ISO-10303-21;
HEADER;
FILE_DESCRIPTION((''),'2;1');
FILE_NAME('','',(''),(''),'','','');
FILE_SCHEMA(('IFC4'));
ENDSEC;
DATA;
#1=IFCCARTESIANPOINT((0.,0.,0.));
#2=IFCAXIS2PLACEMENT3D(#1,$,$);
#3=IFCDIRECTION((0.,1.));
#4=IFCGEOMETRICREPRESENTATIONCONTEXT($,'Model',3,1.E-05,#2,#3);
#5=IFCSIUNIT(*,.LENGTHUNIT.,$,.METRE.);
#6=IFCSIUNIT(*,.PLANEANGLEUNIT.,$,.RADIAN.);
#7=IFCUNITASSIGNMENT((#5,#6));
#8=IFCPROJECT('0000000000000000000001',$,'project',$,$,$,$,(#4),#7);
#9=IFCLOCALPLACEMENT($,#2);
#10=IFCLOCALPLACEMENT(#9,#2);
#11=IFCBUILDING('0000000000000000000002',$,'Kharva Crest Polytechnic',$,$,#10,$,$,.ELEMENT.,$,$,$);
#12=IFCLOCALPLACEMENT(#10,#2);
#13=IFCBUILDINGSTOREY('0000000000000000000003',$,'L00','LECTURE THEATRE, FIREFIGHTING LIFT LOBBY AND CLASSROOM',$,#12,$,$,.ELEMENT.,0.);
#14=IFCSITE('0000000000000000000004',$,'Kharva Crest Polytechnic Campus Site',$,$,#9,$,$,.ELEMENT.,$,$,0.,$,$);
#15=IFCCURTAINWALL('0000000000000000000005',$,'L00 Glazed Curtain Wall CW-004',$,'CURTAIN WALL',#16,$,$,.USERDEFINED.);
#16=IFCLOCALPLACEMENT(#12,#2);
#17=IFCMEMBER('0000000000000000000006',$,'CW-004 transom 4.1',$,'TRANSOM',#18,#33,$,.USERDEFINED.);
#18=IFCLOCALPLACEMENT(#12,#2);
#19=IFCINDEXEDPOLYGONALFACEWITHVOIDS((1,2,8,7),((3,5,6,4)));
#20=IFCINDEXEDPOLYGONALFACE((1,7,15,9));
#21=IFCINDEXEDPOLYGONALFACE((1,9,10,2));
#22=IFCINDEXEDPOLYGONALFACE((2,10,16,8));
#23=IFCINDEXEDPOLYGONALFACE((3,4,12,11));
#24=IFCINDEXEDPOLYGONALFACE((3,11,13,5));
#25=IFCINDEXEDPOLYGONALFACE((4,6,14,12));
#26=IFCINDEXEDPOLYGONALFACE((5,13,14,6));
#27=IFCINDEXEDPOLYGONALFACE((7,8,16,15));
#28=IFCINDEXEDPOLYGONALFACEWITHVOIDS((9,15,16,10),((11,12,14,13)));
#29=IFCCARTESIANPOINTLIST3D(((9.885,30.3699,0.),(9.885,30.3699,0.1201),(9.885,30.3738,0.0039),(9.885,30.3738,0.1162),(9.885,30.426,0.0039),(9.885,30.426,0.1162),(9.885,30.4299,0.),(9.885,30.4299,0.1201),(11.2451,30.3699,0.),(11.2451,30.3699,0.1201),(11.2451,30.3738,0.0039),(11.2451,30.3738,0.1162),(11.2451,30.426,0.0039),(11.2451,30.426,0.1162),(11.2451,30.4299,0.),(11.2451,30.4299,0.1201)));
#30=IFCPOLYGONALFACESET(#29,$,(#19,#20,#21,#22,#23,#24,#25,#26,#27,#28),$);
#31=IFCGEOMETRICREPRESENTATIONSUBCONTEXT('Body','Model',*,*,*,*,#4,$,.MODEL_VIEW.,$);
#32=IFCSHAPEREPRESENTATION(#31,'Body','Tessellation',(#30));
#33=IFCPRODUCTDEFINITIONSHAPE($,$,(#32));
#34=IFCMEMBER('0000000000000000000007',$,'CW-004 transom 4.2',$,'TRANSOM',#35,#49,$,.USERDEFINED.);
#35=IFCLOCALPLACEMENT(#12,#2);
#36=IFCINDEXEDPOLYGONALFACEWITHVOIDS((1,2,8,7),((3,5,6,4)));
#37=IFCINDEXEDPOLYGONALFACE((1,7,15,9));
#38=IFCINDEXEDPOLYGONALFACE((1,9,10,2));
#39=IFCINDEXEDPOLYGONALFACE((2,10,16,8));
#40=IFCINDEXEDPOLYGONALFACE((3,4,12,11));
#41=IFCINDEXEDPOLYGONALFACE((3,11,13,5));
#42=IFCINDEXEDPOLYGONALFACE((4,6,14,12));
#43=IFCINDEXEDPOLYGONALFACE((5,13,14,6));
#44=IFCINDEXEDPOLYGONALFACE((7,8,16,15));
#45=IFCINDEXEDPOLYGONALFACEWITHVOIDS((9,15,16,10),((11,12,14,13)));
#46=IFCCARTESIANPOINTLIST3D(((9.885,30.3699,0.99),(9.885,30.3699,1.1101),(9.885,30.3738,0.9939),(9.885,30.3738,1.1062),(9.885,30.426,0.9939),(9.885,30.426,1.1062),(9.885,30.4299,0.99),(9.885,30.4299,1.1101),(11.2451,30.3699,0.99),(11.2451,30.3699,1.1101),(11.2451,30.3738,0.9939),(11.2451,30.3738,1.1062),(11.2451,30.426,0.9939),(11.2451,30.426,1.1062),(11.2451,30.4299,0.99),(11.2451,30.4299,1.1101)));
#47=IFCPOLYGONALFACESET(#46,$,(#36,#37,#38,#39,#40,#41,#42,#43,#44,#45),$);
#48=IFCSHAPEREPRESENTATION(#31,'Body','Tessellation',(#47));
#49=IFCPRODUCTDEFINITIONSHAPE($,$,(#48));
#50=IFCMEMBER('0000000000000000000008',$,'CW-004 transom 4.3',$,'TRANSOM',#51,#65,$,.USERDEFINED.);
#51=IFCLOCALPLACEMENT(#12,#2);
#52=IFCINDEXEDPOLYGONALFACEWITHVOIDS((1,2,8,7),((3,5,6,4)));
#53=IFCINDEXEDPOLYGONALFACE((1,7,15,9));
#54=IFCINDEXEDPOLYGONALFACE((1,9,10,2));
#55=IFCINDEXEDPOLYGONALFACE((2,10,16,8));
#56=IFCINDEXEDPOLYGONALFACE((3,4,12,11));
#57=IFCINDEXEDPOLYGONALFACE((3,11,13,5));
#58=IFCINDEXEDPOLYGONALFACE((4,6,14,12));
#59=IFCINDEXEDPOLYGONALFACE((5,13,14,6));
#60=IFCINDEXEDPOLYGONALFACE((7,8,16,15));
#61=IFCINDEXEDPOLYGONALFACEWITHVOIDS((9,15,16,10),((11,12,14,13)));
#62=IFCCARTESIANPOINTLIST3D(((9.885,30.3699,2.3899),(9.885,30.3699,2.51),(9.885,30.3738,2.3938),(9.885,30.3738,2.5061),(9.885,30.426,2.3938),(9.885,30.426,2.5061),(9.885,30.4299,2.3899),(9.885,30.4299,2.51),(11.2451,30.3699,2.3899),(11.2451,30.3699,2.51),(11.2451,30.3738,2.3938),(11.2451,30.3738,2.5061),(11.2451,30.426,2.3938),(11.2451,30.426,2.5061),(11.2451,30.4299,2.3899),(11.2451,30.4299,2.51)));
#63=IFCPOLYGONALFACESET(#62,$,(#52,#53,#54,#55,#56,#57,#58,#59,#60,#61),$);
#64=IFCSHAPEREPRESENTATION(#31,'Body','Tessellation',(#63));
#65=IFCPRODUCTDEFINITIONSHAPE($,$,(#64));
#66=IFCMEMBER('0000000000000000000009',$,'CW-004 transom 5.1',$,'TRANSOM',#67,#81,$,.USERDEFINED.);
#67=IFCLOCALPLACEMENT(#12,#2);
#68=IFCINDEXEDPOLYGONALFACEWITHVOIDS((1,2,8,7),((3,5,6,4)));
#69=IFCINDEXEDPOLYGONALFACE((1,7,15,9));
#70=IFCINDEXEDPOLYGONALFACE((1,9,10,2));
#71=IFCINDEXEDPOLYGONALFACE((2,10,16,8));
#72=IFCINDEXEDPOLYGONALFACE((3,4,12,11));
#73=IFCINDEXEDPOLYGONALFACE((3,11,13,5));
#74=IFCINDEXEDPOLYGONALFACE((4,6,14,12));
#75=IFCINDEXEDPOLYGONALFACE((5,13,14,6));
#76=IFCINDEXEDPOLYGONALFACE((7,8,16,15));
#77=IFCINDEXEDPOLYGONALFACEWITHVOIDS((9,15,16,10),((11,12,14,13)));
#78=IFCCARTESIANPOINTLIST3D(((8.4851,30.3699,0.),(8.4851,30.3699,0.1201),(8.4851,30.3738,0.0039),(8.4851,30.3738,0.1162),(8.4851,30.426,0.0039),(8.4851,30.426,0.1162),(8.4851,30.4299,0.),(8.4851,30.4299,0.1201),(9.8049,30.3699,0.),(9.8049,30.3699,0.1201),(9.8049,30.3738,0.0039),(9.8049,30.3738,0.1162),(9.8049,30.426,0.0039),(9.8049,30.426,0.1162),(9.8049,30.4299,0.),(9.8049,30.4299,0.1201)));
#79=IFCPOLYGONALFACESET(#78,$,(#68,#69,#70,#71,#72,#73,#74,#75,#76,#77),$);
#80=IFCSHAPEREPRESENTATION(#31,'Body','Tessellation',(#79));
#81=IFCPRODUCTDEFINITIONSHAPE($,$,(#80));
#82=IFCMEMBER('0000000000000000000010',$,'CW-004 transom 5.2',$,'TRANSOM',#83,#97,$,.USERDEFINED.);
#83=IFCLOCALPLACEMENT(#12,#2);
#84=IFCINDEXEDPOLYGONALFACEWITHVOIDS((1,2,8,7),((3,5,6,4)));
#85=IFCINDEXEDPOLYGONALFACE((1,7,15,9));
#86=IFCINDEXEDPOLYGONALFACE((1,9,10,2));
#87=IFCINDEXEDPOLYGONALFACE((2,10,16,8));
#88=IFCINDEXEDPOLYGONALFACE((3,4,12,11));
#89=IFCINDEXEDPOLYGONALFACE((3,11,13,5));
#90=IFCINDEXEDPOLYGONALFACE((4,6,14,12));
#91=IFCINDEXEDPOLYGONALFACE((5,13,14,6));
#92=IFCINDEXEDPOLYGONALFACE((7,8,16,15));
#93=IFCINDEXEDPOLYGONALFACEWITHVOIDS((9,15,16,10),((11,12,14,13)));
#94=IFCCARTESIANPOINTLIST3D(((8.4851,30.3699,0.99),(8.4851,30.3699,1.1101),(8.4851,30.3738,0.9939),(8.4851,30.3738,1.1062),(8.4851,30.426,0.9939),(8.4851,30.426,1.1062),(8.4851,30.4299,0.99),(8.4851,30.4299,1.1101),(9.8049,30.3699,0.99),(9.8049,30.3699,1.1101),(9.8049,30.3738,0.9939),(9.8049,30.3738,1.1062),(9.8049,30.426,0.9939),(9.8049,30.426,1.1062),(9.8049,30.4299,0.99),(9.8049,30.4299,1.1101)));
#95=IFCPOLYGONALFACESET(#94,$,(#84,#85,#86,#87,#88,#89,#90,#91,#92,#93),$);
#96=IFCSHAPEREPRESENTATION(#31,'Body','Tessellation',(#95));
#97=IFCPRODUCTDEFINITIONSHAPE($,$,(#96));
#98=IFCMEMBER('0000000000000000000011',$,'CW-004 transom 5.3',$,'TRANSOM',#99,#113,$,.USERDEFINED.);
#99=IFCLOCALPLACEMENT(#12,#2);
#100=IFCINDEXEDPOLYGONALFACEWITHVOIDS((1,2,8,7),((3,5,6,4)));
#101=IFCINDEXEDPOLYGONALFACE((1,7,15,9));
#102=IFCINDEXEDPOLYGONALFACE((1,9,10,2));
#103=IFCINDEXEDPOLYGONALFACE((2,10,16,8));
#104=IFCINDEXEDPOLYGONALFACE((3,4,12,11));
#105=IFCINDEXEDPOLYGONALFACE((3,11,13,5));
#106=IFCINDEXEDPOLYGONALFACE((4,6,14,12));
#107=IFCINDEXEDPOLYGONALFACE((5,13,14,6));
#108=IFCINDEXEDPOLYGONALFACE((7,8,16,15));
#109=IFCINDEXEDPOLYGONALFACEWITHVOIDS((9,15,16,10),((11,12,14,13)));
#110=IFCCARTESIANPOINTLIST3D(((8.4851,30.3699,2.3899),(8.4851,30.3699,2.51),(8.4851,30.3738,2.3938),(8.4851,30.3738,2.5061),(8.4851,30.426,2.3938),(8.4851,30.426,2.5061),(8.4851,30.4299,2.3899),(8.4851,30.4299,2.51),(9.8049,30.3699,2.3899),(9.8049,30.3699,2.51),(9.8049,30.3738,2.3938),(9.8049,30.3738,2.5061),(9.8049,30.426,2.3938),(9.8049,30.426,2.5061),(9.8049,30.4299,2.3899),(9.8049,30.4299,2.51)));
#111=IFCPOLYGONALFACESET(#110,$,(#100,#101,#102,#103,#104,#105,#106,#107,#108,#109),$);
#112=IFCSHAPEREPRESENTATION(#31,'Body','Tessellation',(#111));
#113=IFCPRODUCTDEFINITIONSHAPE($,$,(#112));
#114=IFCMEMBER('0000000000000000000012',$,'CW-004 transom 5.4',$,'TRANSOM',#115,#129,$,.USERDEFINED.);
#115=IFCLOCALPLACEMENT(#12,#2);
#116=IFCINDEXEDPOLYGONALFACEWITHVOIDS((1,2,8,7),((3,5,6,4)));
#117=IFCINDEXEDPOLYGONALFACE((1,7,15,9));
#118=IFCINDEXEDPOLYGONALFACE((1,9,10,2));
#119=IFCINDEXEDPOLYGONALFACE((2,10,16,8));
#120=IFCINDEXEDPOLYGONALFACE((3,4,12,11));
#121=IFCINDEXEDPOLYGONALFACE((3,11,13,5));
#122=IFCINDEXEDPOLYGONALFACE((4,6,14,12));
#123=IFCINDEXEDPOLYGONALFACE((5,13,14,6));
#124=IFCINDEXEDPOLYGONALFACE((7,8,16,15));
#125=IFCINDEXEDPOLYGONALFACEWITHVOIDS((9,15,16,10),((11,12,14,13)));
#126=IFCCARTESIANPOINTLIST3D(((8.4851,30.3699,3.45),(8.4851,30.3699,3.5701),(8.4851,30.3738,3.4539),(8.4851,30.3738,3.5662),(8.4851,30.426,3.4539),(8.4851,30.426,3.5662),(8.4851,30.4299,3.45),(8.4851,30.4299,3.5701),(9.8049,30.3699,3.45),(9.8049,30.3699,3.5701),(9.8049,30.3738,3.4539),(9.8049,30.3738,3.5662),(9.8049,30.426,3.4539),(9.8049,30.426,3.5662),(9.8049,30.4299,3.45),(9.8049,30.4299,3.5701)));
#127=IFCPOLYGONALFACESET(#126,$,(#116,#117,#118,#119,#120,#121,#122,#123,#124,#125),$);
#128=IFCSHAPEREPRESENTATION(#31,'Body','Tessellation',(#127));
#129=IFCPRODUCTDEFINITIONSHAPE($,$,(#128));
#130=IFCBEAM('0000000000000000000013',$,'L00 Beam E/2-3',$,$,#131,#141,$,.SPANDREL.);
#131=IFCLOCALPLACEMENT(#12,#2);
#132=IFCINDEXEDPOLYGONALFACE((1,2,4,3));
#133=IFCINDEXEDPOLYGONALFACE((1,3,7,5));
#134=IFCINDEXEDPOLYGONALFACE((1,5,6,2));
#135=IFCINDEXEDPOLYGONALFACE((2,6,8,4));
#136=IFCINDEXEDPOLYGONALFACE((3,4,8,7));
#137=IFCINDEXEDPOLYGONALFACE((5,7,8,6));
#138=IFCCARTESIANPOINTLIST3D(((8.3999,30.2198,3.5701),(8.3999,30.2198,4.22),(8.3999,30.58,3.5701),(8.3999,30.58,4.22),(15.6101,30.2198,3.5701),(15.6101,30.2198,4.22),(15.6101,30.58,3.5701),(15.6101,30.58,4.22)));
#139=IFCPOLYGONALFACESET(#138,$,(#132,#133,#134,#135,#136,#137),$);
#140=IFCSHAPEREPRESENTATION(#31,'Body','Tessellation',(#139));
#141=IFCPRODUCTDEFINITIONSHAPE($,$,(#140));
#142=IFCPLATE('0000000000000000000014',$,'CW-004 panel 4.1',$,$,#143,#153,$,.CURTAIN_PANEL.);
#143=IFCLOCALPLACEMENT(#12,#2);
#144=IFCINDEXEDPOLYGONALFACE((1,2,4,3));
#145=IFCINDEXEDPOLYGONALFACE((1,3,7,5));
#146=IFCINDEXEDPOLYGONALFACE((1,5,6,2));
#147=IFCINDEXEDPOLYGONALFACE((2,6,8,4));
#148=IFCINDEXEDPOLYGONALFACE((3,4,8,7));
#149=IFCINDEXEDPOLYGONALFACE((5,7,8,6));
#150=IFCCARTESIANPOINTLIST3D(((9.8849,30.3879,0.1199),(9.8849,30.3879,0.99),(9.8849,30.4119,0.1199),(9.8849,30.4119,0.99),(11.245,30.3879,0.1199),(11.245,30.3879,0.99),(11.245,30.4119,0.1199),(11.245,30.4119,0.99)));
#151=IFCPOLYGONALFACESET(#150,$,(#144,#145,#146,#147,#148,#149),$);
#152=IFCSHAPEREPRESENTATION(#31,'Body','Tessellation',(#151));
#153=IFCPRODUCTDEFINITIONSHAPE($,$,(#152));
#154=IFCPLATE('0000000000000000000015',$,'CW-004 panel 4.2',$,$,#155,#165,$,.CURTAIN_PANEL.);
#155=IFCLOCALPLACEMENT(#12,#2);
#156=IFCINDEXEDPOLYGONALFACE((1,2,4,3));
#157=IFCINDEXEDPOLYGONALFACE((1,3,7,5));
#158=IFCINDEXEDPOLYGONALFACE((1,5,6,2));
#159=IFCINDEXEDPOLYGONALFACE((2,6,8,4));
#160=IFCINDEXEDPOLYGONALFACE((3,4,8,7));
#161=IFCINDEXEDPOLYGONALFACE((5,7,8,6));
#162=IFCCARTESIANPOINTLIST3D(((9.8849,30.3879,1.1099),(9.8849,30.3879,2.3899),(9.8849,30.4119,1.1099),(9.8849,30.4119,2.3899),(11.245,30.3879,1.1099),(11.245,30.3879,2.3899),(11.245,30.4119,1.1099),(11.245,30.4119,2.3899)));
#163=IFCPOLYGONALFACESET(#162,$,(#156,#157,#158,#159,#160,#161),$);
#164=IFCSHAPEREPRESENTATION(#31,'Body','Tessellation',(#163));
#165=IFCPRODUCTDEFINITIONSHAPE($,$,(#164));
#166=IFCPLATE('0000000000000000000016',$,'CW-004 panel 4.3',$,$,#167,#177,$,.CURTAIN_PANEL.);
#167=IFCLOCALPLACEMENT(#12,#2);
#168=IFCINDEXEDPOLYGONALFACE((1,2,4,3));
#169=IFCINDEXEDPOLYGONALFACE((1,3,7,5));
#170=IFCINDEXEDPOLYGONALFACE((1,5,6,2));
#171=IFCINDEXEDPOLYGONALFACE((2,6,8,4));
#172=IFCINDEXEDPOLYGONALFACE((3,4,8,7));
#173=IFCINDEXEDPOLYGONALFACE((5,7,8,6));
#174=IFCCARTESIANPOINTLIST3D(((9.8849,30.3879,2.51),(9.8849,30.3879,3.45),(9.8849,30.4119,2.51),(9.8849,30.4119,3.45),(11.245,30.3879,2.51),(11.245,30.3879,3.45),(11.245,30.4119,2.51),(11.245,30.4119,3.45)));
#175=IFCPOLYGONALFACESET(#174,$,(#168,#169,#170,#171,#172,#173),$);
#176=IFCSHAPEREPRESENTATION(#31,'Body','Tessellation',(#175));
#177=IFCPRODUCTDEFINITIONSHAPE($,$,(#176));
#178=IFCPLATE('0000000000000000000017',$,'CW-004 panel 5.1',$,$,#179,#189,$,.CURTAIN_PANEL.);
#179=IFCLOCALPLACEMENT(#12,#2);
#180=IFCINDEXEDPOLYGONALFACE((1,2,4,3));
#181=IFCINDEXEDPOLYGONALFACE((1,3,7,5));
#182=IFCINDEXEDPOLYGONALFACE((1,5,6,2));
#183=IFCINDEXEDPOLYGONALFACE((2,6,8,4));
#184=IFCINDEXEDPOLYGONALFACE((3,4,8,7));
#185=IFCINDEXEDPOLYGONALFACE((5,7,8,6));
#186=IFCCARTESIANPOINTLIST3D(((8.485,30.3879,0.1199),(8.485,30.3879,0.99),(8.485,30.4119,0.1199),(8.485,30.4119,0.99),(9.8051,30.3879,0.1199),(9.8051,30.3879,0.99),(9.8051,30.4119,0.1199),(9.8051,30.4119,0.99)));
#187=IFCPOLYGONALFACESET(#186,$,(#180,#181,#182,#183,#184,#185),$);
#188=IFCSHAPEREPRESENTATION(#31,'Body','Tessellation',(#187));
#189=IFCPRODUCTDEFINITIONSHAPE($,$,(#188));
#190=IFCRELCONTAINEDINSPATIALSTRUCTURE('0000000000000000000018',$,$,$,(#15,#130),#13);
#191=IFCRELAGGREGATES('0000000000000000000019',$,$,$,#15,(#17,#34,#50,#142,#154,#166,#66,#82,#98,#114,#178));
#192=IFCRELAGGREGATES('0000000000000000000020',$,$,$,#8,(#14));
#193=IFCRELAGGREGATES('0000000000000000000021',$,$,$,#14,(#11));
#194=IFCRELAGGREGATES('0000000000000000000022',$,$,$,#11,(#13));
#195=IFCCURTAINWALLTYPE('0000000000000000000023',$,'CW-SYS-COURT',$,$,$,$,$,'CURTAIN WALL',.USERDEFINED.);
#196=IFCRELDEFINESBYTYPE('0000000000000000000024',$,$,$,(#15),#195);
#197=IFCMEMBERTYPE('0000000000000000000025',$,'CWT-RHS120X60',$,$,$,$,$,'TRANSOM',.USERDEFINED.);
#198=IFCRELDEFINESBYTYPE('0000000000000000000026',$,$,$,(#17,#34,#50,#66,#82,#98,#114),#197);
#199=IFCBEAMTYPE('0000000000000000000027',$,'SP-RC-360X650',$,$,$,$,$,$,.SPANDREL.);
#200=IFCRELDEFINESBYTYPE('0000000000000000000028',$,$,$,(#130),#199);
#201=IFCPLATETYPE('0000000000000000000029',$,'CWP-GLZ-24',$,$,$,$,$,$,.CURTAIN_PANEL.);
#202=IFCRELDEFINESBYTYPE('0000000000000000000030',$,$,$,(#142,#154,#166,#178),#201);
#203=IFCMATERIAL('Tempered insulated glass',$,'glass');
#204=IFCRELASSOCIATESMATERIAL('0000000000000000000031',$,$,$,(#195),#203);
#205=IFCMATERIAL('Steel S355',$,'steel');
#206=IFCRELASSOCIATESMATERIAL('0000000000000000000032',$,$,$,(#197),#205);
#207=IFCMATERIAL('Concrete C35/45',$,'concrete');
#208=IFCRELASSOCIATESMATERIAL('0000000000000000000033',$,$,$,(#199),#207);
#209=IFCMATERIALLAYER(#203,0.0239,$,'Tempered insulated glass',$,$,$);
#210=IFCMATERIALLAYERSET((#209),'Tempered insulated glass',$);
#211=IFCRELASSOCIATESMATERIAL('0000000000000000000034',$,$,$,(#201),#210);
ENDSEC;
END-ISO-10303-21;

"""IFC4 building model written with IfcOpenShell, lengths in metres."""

from ifc_helpers import new_model, si_unit, direction, frame, origin, origin_2d, place, context, subcontext, project, spatial, rectangle, hollow_rectangle, extrude, material, layer, layer_set, material_profile, profile_set, type_object, element, aggregate, save


model = new_model("IFC4")

# Units and contexts
model_context = context("Model", 3, precision=1e-05, world=origin(), true_north=direction((0.0, 1.0)))
body_context = subcontext(model_context, "Body", "Model", "MODEL_VIEW")
ifc_project = project(units=[si_unit("LENGTHUNIT", "METRE"), si_unit("PLANEANGLEUNIT", "RADIAN")], contexts=[model_context])

# Site, building, storey
site_placement = place(None, origin())
site = spatial("IfcSite", under=ifc_project, at=site_placement, Name="Kharva Crest Polytechnic Campus Site", CompositionType="ELEMENT", RefElevation=0.0)
building_placement = place(site_placement, origin())
building = spatial("IfcBuilding", under=site, at=building_placement, Name="Kharva Crest Polytechnic", CompositionType="ELEMENT")
storey_placement = place(building_placement, origin())
storey = spatial("IfcBuildingStorey", under=building, at=storey_placement, Name="L00", Description="LECTURE THEATRE, FIREFIGHTING LIFT LOBBY AND CLASSROOM", CompositionType="ELEMENT", Elevation=0.0)

# Shared definitions
ifc_material_1 = material(Name="Concrete C35/45", Category="concrete")

# Curtain wall, members
ifc_material_2 = material(Name="Tempered insulated glass", Category="glass")
curtain_wall_type = type_object("IfcCurtainWallType", Name="CW-SYS-COURT", ElementType="CURTAIN WALL", PredefinedType="USERDEFINED", material=ifc_material_2)
curtain_wall_placement = place(storey_placement, origin())
curtain_wall = element("IfcCurtainWall", 1, at=curtain_wall_placement, inside=storey, type_object=curtain_wall_type, Name="L00 Glazed Curtain Wall CW-004", ObjectType="CURTAIN WALL", PredefinedType="USERDEFINED")
ifc_material_3 = material(Name="Steel S355", Category="steel")
ifc_material_profile_1 = material_profile(ifc_material_3, hollow_rectangle(XDim=0.0601, YDim=0.1201, WallThickness=0.0039, at=origin_2d()), Name="RHS 120X60X4.0")
ifc_profile_set_1 = profile_set([ifc_material_profile_1], Name="Steel S355")
member_type_1 = type_object("IfcMemberType", Name="CWT-RHS120X60", ElementType="TRANSOM", PredefinedType="USERDEFINED", material=ifc_profile_set_1)
member_1_placement = place(storey_placement, frame((11.2451, 30.3999, 0.0601), z_axis=(-1.0, 0.0, 0.0), x_axis=(0.0, -1.0, 0.0)))
member_1 = element("IfcMember", 2, at=member_1_placement, type_object=member_type_1, Name="CW-004 transom 4.1", ObjectType="TRANSOM", PredefinedType="USERDEFINED", context=body_context, shape_type="SweptSolid", body=[
    extrude(hollow_rectangle(XDim=0.0601, YDim=0.1201, WallThickness=0.0039, at=origin_2d()), origin(), (0.0, 0.0, 1.0), 1.3601),
])
member_2_placement = place(storey_placement, frame((11.2451, 30.3999, 1.05), z_axis=(-1.0, 0.0, 0.0), x_axis=(0.0, -1.0, 0.0)))
member_2 = element("IfcMember", 3, at=member_2_placement, type_object=member_type_1, Name="CW-004 transom 4.2", ObjectType="TRANSOM", PredefinedType="USERDEFINED", context=body_context, shape_type="SweptSolid", body=[
    extrude(hollow_rectangle(XDim=0.0601, YDim=0.1201, WallThickness=0.0039, at=origin_2d()), origin(), (0.0, 0.0, 1.0), 1.3601),
])
member_3_placement = place(storey_placement, frame((11.2451, 30.3999, 2.45), z_axis=(-1.0, 0.0, 0.0), x_axis=(0.0, -1.0, 0.0)))
member_3 = element("IfcMember", 4, at=member_3_placement, type_object=member_type_1, Name="CW-004 transom 4.3", ObjectType="TRANSOM", PredefinedType="USERDEFINED", context=body_context, shape_type="SweptSolid", body=[
    extrude(hollow_rectangle(XDim=0.0601, YDim=0.1201, WallThickness=0.0039, at=origin_2d()), origin(), (0.0, 0.0, 1.0), 1.3601),
])
member_4_placement = place(storey_placement, frame((9.8049, 30.3999, 0.0601), z_axis=(-1.0, 0.0, 0.0), x_axis=(0.0, -1.0, 0.0)))
member_4 = element("IfcMember", 5, at=member_4_placement, type_object=member_type_1, Name="CW-004 transom 5.1", ObjectType="TRANSOM", PredefinedType="USERDEFINED", context=body_context, shape_type="SweptSolid", body=[
    extrude(hollow_rectangle(XDim=0.0601, YDim=0.1201, WallThickness=0.0039, at=origin_2d()), origin(), (0.0, 0.0, 1.0), 1.3198),
])
member_5_placement = place(storey_placement, frame((9.8049, 30.3999, 1.05), z_axis=(-1.0, 0.0, 0.0), x_axis=(0.0, -1.0, 0.0)))
member_5 = element("IfcMember", 6, at=member_5_placement, type_object=member_type_1, Name="CW-004 transom 5.2", ObjectType="TRANSOM", PredefinedType="USERDEFINED", context=body_context, shape_type="SweptSolid", body=[
    extrude(hollow_rectangle(XDim=0.0601, YDim=0.1201, WallThickness=0.0039, at=origin_2d()), origin(), (0.0, 0.0, 1.0), 1.3198),
])
member_6_placement = place(storey_placement, frame((9.8049, 30.3999, 2.45), z_axis=(-1.0, 0.0, 0.0), x_axis=(0.0, -1.0, 0.0)))
member_6 = element("IfcMember", 7, at=member_6_placement, type_object=member_type_1, Name="CW-004 transom 5.3", ObjectType="TRANSOM", PredefinedType="USERDEFINED", context=body_context, shape_type="SweptSolid", body=[
    extrude(hollow_rectangle(XDim=0.0601, YDim=0.1201, WallThickness=0.0039, at=origin_2d()), origin(), (0.0, 0.0, 1.0), 1.3198),
])
member_7_placement = place(storey_placement, frame((9.8049, 30.3999, 3.51), z_axis=(-1.0, 0.0, 0.0), x_axis=(0.0, -1.0, 0.0)))
member_7 = element("IfcMember", 8, at=member_7_placement, type_object=member_type_1, Name="CW-004 transom 5.4", ObjectType="TRANSOM", PredefinedType="USERDEFINED", context=body_context, shape_type="SweptSolid", body=[
    extrude(hollow_rectangle(XDim=0.0601, YDim=0.1201, WallThickness=0.0039, at=origin_2d()), origin(), (0.0, 0.0, 1.0), 1.3198),
])

# Beam
ifc_material_profile_2 = material_profile(ifc_material_1, rectangle(XDim=0.3601, YDim=0.6499, at=origin_2d()), Name="RECT 360 X 650")
ifc_profile_set_2 = profile_set([ifc_material_profile_2], Name="Concrete C35/45")
beam_type_1 = type_object("IfcBeamType", Name="SP-RC-360X650", PredefinedType="SPANDREL", material=ifc_profile_set_2)
beam_1_placement = place(storey_placement, frame((8.3999, 30.3999, 3.895), z_axis=(1.0, 0.0, 0.0), x_axis=(0.0, 1.0, 0.0)))
element("IfcBeam", 9, at=beam_1_placement, inside=storey, type_object=beam_type_1, Name="L00 Beam E/2-3", PredefinedType="SPANDREL", context=body_context, shape_type="SweptSolid", body=[
    extrude(rectangle(XDim=0.3601, YDim=0.6499, at=origin_2d()), origin(), (0.0, 0.0, 1.0), 7.2102),
])

# Plates
ifc_layer_1 = layer(ifc_material_2, 0.0239, Name="Tempered insulated glass")
ifc_layer_set_1 = layer_set([ifc_layer_1], Name="Tempered insulated glass")
plate_type = type_object("IfcPlateType", Name="CWP-GLZ-24", PredefinedType="CURTAIN_PANEL", material=ifc_layer_set_1)
plate_1_placement = place(storey_placement, frame((10.5649, 30.3999, 0.1199), z_axis=(0.0, 0.0, 1.0), x_axis=(-1.0, 0.0, 0.0)))
plate_1 = element("IfcPlate", 10, at=plate_1_placement, type_object=plate_type, Name="CW-004 panel 4.1", PredefinedType="CURTAIN_PANEL", context=body_context, shape_type="SweptSolid", body=[
    extrude(rectangle(XDim=1.3601, YDim=0.0239, at=origin_2d()), origin(), (0.0, 0.0, 1.0), 0.8701),
])
plate_2_placement = place(storey_placement, frame((10.5649, 30.3999, 1.1099), z_axis=(0.0, 0.0, 1.0), x_axis=(-1.0, 0.0, 0.0)))
plate_2 = element("IfcPlate", 11, at=plate_2_placement, type_object=plate_type, Name="CW-004 panel 4.2", PredefinedType="CURTAIN_PANEL", context=body_context, shape_type="SweptSolid", body=[
    extrude(rectangle(XDim=1.3601, YDim=0.0239, at=origin_2d()), origin(), (0.0, 0.0, 1.0), 1.28),
])
plate_3_placement = place(storey_placement, frame((10.5649, 30.3999, 2.51), z_axis=(0.0, 0.0, 1.0), x_axis=(-1.0, 0.0, 0.0)))
plate_3 = element("IfcPlate", 12, at=plate_3_placement, type_object=plate_type, Name="CW-004 panel 4.3", PredefinedType="CURTAIN_PANEL", context=body_context, shape_type="SweptSolid", body=[
    extrude(rectangle(XDim=1.3601, YDim=0.0239, at=origin_2d()), origin(), (0.0, 0.0, 1.0), 0.9399),
])
plate_4_placement = place(storey_placement, frame((9.145, 30.3999, 0.1199), z_axis=(0.0, 0.0, 1.0), x_axis=(-1.0, 0.0, 0.0)))
plate_4 = element("IfcPlate", 13, at=plate_4_placement, type_object=plate_type, Name="CW-004 panel 5.1", PredefinedType="CURTAIN_PANEL", context=body_context, shape_type="SweptSolid", body=[
    extrude(rectangle(XDim=1.3201, YDim=0.0239, at=origin_2d()), origin(), (0.0, 0.0, 1.0), 0.8701),
])
aggregate(curtain_wall, [member_1, member_2, member_3, plate_1, plate_2, plate_3, member_4, member_5, member_6, member_7, plate_4])

save(model, "model.ifc")
